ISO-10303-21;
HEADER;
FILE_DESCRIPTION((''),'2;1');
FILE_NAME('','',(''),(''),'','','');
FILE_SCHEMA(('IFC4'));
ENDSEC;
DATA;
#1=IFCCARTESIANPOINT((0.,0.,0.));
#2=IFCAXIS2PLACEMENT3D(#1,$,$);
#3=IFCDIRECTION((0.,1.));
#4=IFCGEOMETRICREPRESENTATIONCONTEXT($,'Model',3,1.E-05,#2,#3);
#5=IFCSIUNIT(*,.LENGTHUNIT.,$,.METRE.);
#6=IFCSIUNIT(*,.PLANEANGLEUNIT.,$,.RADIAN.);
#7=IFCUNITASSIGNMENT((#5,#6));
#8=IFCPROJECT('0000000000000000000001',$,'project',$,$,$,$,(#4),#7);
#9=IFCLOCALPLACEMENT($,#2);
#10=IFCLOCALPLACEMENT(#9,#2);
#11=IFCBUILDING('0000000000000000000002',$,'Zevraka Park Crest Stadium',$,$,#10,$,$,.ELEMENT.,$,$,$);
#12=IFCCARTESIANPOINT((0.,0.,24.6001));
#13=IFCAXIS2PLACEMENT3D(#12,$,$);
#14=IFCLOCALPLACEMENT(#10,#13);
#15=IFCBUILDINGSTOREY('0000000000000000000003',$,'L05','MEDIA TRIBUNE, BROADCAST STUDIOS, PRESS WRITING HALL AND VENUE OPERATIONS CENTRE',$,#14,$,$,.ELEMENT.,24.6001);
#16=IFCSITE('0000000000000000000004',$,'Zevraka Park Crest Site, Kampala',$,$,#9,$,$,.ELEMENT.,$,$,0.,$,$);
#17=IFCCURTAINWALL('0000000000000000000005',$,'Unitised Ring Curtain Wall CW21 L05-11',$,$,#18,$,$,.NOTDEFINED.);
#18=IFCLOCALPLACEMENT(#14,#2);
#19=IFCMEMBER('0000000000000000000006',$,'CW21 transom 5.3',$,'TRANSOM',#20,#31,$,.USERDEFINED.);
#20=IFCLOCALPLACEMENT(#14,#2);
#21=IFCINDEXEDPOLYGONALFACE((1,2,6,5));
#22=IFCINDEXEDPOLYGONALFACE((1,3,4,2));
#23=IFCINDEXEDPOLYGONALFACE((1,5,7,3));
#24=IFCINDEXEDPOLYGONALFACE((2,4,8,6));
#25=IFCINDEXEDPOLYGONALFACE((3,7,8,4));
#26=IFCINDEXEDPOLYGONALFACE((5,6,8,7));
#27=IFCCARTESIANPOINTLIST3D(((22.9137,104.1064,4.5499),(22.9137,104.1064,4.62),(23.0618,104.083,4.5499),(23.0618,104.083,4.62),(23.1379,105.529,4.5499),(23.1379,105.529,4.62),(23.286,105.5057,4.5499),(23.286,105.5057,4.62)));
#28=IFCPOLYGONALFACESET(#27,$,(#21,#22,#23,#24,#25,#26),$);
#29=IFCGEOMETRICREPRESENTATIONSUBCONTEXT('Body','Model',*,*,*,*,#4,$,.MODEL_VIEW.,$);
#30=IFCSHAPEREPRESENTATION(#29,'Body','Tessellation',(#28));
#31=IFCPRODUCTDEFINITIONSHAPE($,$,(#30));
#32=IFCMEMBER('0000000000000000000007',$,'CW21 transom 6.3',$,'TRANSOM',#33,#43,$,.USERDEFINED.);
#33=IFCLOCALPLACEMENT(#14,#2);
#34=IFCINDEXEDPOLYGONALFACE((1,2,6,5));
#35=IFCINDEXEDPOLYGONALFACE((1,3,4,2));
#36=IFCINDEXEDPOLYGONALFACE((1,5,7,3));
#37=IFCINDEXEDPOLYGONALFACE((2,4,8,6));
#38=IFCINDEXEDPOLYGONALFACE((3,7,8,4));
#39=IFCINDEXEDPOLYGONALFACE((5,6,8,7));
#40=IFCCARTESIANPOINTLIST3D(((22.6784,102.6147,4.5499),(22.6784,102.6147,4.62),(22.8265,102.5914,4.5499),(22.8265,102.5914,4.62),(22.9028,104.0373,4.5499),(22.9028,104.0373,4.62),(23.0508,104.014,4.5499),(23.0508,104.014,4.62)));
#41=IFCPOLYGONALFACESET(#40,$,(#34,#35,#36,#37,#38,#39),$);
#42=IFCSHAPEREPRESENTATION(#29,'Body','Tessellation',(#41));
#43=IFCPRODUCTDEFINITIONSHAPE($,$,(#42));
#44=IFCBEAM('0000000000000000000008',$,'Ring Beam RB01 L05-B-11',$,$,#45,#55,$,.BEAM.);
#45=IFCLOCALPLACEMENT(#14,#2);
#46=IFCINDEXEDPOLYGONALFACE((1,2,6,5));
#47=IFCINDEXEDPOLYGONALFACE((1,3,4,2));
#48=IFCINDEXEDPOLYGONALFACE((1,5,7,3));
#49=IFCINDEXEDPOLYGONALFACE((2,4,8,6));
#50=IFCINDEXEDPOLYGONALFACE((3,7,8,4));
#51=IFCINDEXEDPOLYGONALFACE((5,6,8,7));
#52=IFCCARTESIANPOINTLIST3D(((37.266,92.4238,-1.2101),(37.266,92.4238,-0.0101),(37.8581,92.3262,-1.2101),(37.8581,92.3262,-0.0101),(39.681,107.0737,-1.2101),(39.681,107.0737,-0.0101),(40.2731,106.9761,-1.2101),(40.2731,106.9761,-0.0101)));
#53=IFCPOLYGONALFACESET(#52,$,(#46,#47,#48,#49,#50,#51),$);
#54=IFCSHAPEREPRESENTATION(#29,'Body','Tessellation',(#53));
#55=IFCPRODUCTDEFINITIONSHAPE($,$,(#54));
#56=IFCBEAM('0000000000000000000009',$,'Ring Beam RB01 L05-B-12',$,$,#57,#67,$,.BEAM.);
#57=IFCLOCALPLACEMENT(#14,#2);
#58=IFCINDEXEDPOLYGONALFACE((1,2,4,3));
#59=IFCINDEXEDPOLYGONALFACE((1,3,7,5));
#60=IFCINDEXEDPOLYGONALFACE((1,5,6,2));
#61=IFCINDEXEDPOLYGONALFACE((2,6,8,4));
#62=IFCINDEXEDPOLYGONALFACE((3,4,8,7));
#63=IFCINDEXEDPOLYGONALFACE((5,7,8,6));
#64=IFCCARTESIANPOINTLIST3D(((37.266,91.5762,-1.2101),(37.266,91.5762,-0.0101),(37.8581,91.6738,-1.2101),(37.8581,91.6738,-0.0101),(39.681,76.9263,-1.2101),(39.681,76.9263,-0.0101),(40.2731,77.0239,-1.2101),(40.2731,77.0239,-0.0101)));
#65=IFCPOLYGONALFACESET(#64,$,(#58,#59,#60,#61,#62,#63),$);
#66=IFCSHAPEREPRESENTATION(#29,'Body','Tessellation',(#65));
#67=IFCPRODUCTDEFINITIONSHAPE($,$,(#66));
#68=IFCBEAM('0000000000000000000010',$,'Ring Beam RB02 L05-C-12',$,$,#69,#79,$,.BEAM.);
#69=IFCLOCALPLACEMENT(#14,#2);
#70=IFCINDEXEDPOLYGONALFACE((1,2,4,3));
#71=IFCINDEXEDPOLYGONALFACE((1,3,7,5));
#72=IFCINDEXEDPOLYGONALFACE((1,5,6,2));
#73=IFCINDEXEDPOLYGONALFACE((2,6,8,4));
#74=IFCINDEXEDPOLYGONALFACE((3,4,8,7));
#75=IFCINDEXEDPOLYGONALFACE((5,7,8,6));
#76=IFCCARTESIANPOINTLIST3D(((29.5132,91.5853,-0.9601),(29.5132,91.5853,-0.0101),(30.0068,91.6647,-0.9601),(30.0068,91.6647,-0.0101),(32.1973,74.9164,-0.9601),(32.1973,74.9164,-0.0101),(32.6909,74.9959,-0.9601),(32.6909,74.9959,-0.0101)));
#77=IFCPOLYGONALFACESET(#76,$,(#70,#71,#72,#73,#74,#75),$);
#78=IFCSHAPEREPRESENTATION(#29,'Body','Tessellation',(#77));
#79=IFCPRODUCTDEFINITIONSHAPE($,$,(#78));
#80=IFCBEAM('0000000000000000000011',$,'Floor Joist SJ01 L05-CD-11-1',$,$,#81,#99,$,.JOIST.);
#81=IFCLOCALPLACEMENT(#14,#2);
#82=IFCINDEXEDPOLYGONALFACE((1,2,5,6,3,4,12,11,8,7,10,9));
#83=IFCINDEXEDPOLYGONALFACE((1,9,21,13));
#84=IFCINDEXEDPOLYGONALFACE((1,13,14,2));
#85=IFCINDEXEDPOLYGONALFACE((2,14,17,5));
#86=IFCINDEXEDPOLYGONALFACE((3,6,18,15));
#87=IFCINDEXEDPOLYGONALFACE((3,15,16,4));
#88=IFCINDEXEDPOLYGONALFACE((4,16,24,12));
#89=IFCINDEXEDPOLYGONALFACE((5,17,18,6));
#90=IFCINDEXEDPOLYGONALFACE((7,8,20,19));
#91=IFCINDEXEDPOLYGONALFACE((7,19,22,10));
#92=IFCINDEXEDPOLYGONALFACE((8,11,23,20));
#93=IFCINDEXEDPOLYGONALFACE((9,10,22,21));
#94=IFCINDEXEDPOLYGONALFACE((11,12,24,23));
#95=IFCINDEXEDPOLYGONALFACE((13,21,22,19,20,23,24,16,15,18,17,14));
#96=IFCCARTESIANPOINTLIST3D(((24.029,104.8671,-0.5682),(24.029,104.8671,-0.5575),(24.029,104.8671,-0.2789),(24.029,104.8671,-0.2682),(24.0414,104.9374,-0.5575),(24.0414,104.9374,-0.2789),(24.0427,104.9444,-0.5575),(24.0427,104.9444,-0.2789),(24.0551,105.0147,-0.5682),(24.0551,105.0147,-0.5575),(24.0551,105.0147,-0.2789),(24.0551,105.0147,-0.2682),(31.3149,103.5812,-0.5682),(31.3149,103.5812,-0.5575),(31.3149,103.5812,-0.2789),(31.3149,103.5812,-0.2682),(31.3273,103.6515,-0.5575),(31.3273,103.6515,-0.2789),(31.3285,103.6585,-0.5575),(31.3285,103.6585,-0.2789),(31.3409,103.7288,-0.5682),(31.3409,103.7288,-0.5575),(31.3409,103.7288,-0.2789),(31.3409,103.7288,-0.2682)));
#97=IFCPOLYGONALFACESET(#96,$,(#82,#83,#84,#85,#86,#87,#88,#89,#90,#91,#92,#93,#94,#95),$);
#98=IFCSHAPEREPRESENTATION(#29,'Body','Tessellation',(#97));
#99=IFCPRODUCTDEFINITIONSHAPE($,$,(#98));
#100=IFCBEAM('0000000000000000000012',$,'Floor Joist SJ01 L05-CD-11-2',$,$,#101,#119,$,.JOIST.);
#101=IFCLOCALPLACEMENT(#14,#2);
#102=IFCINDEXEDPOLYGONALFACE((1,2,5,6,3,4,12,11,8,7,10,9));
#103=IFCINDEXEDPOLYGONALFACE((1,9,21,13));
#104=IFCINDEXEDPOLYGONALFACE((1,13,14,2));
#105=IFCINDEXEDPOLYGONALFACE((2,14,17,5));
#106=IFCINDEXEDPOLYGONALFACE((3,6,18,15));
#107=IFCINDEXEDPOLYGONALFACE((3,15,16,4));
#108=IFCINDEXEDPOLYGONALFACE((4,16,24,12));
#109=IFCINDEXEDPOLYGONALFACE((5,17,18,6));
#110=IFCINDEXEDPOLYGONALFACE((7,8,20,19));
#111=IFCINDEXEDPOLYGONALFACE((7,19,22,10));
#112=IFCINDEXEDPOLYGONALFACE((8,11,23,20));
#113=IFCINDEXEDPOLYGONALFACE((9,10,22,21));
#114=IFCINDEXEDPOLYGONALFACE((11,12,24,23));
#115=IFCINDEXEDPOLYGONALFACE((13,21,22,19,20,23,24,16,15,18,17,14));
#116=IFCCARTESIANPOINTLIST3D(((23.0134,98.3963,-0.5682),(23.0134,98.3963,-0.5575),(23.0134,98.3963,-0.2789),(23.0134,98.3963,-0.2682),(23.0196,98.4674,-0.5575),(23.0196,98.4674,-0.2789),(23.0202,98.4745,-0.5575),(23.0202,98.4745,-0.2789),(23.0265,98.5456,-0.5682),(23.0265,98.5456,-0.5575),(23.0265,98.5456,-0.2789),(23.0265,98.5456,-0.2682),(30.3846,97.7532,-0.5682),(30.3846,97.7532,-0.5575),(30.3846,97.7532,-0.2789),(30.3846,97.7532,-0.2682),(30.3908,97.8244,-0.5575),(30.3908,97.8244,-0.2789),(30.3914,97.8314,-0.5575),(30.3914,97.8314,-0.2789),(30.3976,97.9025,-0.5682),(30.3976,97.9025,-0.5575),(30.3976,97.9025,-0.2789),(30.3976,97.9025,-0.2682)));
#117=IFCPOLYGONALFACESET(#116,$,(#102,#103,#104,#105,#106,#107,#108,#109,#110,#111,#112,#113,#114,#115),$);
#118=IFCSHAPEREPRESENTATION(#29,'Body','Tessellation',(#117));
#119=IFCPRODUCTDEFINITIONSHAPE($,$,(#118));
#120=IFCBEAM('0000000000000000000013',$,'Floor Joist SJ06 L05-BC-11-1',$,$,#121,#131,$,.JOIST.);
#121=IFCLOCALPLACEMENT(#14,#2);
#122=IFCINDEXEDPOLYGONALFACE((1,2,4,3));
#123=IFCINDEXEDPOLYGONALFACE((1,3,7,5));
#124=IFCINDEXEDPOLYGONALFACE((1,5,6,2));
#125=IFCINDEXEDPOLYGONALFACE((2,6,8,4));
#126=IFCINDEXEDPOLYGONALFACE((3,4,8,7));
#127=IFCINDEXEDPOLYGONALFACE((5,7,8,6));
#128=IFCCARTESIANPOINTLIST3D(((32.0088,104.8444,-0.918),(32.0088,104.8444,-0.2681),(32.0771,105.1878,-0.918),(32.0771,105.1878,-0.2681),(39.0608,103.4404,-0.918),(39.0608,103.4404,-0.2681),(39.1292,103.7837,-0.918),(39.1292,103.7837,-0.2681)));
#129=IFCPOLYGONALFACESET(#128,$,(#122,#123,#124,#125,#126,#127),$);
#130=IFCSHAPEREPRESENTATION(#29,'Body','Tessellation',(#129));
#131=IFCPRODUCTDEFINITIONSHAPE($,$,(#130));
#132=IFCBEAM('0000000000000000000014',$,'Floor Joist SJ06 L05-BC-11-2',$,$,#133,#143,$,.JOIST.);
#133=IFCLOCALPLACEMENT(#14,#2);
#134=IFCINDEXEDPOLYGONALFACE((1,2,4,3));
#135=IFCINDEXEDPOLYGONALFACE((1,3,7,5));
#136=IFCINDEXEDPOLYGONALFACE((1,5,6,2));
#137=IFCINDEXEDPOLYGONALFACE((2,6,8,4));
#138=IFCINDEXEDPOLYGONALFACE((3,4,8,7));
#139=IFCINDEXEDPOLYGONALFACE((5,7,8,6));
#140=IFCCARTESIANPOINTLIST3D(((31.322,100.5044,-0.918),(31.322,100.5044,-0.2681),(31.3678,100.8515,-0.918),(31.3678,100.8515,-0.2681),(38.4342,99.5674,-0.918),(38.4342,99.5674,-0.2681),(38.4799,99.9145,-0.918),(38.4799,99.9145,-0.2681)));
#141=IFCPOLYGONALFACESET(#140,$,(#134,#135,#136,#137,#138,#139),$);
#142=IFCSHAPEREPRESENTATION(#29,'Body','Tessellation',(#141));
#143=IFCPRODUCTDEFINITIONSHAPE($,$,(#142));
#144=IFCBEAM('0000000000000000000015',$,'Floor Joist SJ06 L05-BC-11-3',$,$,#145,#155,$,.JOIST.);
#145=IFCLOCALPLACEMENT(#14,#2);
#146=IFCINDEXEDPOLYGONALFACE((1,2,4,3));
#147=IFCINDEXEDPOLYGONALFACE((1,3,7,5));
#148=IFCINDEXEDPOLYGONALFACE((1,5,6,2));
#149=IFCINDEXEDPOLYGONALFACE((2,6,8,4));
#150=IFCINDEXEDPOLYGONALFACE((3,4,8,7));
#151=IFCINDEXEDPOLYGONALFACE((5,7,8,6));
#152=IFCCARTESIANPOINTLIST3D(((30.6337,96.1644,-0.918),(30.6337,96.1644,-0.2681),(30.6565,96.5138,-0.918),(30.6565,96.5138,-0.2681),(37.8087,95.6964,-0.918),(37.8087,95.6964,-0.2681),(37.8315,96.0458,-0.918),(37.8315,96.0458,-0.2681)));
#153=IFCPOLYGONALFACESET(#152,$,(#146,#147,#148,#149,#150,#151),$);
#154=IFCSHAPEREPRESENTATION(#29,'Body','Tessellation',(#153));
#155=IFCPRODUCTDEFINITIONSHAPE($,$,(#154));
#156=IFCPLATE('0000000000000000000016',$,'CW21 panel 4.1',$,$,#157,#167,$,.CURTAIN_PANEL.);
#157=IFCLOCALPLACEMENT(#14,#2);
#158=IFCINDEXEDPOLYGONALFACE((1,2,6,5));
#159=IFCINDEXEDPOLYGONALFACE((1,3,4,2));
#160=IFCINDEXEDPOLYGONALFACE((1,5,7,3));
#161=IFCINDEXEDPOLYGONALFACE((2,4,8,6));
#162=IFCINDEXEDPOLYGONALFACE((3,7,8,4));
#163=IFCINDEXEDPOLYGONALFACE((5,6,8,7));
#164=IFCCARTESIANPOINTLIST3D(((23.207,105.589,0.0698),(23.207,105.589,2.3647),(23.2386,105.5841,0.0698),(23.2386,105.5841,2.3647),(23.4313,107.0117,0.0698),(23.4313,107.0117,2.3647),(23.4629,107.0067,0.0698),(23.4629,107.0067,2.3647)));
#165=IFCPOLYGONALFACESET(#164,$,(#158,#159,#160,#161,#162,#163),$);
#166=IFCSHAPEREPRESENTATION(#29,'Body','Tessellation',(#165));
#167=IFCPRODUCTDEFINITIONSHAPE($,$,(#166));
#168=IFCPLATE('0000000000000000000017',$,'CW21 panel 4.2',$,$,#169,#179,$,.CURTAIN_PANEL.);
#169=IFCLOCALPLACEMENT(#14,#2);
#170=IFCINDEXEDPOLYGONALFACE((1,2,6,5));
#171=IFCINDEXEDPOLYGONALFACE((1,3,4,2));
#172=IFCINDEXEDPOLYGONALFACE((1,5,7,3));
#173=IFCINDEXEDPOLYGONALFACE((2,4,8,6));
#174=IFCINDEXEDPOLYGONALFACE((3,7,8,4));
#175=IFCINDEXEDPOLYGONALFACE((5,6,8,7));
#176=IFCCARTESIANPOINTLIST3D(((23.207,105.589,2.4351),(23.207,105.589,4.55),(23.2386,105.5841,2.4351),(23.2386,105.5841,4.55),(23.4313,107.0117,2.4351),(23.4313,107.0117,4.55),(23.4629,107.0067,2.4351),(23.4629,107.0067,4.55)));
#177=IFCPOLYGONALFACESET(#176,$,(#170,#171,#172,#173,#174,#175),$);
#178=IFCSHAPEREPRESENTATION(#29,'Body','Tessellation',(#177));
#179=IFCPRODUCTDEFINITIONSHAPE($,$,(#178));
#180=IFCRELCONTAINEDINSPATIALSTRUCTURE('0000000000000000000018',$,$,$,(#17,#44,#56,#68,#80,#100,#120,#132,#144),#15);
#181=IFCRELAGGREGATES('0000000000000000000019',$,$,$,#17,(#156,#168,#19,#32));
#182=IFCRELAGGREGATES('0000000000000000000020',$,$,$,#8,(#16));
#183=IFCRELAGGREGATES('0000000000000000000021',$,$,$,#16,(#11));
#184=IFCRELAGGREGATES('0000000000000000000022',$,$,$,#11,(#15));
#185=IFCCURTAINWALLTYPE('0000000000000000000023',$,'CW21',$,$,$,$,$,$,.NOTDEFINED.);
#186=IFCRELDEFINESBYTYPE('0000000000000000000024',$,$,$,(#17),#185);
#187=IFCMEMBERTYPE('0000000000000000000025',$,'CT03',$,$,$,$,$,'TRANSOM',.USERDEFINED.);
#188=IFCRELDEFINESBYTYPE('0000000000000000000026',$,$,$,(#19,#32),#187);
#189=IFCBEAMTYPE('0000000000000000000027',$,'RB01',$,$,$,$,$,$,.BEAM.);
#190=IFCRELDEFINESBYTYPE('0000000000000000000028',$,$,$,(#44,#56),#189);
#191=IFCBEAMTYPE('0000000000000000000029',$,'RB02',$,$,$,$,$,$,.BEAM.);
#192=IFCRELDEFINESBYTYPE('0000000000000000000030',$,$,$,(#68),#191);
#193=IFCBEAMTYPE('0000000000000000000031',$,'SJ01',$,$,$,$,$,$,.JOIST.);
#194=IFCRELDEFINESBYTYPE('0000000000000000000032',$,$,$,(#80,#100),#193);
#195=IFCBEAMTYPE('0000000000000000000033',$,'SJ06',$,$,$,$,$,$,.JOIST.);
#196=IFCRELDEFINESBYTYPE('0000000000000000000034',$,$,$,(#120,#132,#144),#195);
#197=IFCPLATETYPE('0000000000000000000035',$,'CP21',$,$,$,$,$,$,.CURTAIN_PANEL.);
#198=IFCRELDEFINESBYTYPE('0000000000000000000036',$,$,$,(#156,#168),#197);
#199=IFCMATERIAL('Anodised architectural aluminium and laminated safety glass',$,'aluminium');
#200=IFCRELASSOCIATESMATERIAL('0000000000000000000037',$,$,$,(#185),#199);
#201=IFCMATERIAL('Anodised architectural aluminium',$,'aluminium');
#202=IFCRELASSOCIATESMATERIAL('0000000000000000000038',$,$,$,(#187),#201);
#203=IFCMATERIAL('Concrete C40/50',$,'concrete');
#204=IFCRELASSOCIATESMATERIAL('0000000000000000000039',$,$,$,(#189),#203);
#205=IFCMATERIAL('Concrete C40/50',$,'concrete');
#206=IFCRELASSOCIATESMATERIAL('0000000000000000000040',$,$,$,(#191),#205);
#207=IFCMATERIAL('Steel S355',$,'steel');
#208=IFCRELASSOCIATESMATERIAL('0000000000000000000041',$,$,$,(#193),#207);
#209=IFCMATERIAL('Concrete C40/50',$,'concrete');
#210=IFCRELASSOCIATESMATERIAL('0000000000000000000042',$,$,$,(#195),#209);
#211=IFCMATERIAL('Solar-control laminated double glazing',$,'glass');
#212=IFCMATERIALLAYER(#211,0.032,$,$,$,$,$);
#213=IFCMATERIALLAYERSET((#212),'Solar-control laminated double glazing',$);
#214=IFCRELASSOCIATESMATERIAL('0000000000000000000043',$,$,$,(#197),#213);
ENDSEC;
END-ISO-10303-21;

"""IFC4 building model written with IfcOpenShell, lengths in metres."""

from ifc_helpers import new_model, si_unit, direction, frame, origin, origin_2d, place, context, subcontext, project, spatial, rectangle, i_section, extrude, material, layer, layer_set, material_profile, profile_set, type_object, element, aggregate, save


model = new_model("IFC4")

# Units and contexts
model_context = context("Model", 3, precision=1e-05, world=origin(), true_north=direction((0.0, 1.0)))
body_context = subcontext(model_context, "Body", "Model", "MODEL_VIEW")
ifc_project = project(units=[si_unit("LENGTHUNIT", "METRE"), si_unit("PLANEANGLEUNIT", "RADIAN")], contexts=[model_context])

# Site, building, storey
site_placement = place(None, origin())
site = spatial("IfcSite", under=ifc_project, at=site_placement, Name="Zevraka Park Crest Site, Kampala", CompositionType="ELEMENT", RefElevation=0.0)
building_placement = place(site_placement, origin())
building = spatial("IfcBuilding", under=site, at=building_placement, Name="Zevraka Park Crest Stadium", CompositionType="ELEMENT")
storey_placement = place(building_placement, frame((0.0, 0.0, 24.6001)))
storey = spatial("IfcBuildingStorey", under=building, at=storey_placement, Name="L05", Description="MEDIA TRIBUNE, BROADCAST STUDIOS, PRESS WRITING HALL AND VENUE OPERATIONS CENTRE", CompositionType="ELEMENT", Elevation=24.6001)

# Curtain wall, members
ifc_material_1 = material(Name="Anodised architectural aluminium and laminated safety glass", Category="aluminium")
curtain_wall_type = type_object("IfcCurtainWallType", Name="CW21", PredefinedType="NOTDEFINED", material=ifc_material_1)
curtain_wall_placement = place(storey_placement, origin())
curtain_wall = element("IfcCurtainWall", 1, at=curtain_wall_placement, inside=storey, type_object=curtain_wall_type, Name="Unitised Ring Curtain Wall CW21 L05-11", PredefinedType="NOTDEFINED")
ifc_material_2 = material(Name="Anodised architectural aluminium", Category="aluminium")
ifc_material_profile_1 = material_profile(ifc_material_2, rectangle(XDim=0.1499, YDim=0.0701, at=origin_2d()), Name="ALU TRANSOM 150x70")
ifc_profile_set_1 = profile_set([ifc_material_profile_1], Name="Anodised architectural aluminium")
member_type_1 = type_object("IfcMemberType", Name="CT03", ElementType="TRANSOM", PredefinedType="USERDEFINED", material=ifc_profile_set_1)
member_1_placement = place(storey_placement, frame((23.2119, 105.5173, 4.585), z_axis=(-0.155623, -0.987817, 0.0), x_axis=(0.987817, -0.155623, 0.0)))
member_1 = element("IfcMember", 2, at=member_1_placement, type_object=member_type_1, Name="CW21 transom 5.3", ObjectType="TRANSOM", PredefinedType="USERDEFINED", context=body_context, shape_type="SweptSolid", body=[
    extrude(rectangle(XDim=0.1499, YDim=0.0701, at=origin_2d()), origin(), (0.0, 0.0, 1.0), 1.4402),
])
member_2_placement = place(storey_placement, frame((22.9768, 104.0256, 4.585), z_axis=(-0.155788, -0.98779, 0.0), x_axis=(0.98779, -0.155788, 0.0)))
member_2 = element("IfcMember", 3, at=member_2_placement, type_object=member_type_1, Name="CW21 transom 6.3", ObjectType="TRANSOM", PredefinedType="USERDEFINED", context=body_context, shape_type="SweptSolid", body=[
    extrude(rectangle(XDim=0.1499, YDim=0.0701, at=origin_2d()), origin(), (0.0, 0.0, 1.0), 1.4402),
])

# Beams
ifc_material_3 = material(Name="Concrete C40/50", Category="concrete")
ifc_material_profile_2 = material_profile(ifc_material_3, rectangle(XDim=0.6001, YDim=1.2, at=origin_2d()), Name="RC 1200x600")
ifc_profile_set_2 = profile_set([ifc_material_profile_2], Name="Concrete C40/50")
beam_type_1 = type_object("IfcBeamType", Name="RB01", PredefinedType="BEAM", material=ifc_profile_set_2)
for number, where, z_axis, x_axis, name in (
    (4, (39.9771, 107.0249, -0.6101), (-0.162655, -0.986683, 0.0), (0.986683, -0.162655, 0.0), "Ring Beam RB01 L05-B-11"),
    (5, (37.562, 91.625, -0.6101), (0.162655, -0.986683, 0.0), (0.986683, 0.162655, 0.0), "Ring Beam RB01 L05-B-12"),
):
    element("IfcBeam", number, at=place(storey_placement, frame(where, z_axis=z_axis, x_axis=x_axis)), inside=storey, type_object=beam_type_1, Name=name, PredefinedType="BEAM", context=body_context, shape_type="SweptSolid", body=[
        extrude(rectangle(XDim=0.6001, YDim=1.2, at=origin_2d()), origin(), (0.0, 0.0, 1.0), 14.8477),
    ])
ifc_material_4 = material(Name="Concrete C40/50", Category="concrete")
ifc_material_profile_3 = material_profile(ifc_material_4, rectangle(XDim=0.5, YDim=0.95, at=origin_2d()), Name="RC 950x500")
ifc_profile_set_3 = profile_set([ifc_material_profile_3], Name="Concrete C40/50")
beam_type_2 = type_object("IfcBeamType", Name="RB02", PredefinedType="BEAM", material=ifc_profile_set_3)
beam_1_placement = place(storey_placement, frame((29.76, 91.625, -0.4851), z_axis=(0.158975, -0.987283, 0.0), x_axis=(0.987283, 0.158975, 0.0)))
element("IfcBeam", 6, at=beam_1_placement, inside=storey, type_object=beam_type_2, Name="Ring Beam RB02 L05-C-12", PredefinedType="BEAM", context=body_context, shape_type="SweptSolid", body=[
    extrude(rectangle(XDim=0.5, YDim=0.95, at=origin_2d()), origin(), (0.0, 0.0, 1.0), 16.8835),
])
ifc_material_5 = material(Name="Steel S355", Category="steel")
ifc_material_profile_4 = material_profile(ifc_material_5, i_section(OverallWidth=0.1499, OverallDepth=0.3, WebThickness=0.0071, FlangeThickness=0.0107, at=origin_2d()), Name="IPE 300")
ifc_profile_set_4 = profile_set([ifc_material_profile_4], Name="Steel S355")
beam_type_3 = type_object("IfcBeamType", Name="SJ01", PredefinedType="JOIST", material=ifc_profile_set_4)
beam_2_placement = place(storey_placement, frame((31.3279, 103.655, -0.4182), z_axis=(-0.98478, 0.173804, 0.0), x_axis=(-0.173804, -0.98478, 0.0)))
element("IfcBeam", 7, at=beam_2_placement, inside=storey, type_object=beam_type_3, Name="Floor Joist SJ01 L05-CD-11-1", PredefinedType="JOIST", context=body_context, shape_type="SweptSolid", body=[
    extrude(i_section(OverallWidth=0.1499, OverallDepth=0.3, WebThickness=0.0071, FlangeThickness=0.0107, at=origin_2d()), origin(), (0.0, 0.0, 1.0), 7.3984),
])
beam_3_placement = place(storey_placement, frame((30.3911, 97.8279, -0.4182), z_axis=(-0.996216, 0.086912, 0.0), x_axis=(-0.086912, -0.996216, 0.0)))
element("IfcBeam", 8, at=beam_3_placement, inside=storey, type_object=beam_type_3, Name="Floor Joist SJ01 L05-CD-11-2", PredefinedType="JOIST", context=body_context, shape_type="SweptSolid", body=[
    extrude(i_section(OverallWidth=0.1499, OverallDepth=0.3, WebThickness=0.0071, FlangeThickness=0.0107, at=origin_2d()), origin(), (0.0, 0.0, 1.0), 7.3992),
])
ifc_material_6 = material(Name="Concrete C40/50", Category="concrete")
ifc_material_profile_5 = material_profile(ifc_material_6, rectangle(XDim=0.3501, YDim=0.6499, at=origin_2d()), Name="RC 650x350")
ifc_profile_set_5 = profile_set([ifc_material_profile_5], Name="Concrete C40/50")
beam_type_4 = type_object("IfcBeamType", Name="SJ06", PredefinedType="JOIST", material=ifc_profile_set_5)
beam_4_placement = place(storey_placement, frame((39.095, 103.6121, -0.593), z_axis=(-0.98075, 0.195267, 0.0), x_axis=(-0.195267, -0.98075, 0.0)))
element("IfcBeam", 9, at=beam_4_placement, inside=storey, type_object=beam_type_4, Name="Floor Joist SJ06 L05-BC-11-1", PredefinedType="JOIST", context=body_context, shape_type="SweptSolid", body=[
    extrude(rectangle(XDim=0.3501, YDim=0.6499, at=origin_2d()), origin(), (0.0, 0.0, 1.0), 7.1904),
])
beam_5_placement = place(storey_placement, frame((38.457, 99.741, -0.593), z_axis=(-0.991432, 0.130621, 0.0), x_axis=(-0.130621, -0.991432, 0.0)))
element("IfcBeam", 10, at=beam_5_placement, inside=storey, type_object=beam_type_4, Name="Floor Joist SJ06 L05-BC-11-2", PredefinedType="JOIST", context=body_context, shape_type="SweptSolid", body=[
    extrude(rectangle(XDim=0.3501, YDim=0.6499, at=origin_2d()), origin(), (0.0, 0.0, 1.0), 7.1736),
])
beam_6_placement = place(storey_placement, frame((37.8201, 95.8711, -0.593), z_axis=(-0.997879, 0.06509, 0.0), x_axis=(-0.06509, -0.997879, 0.0)))
element("IfcBeam", 11, at=beam_6_placement, inside=storey, type_object=beam_type_4, Name="Floor Joist SJ06 L05-BC-11-3", PredefinedType="JOIST", context=body_context, shape_type="SweptSolid", body=[
    extrude(rectangle(XDim=0.3501, YDim=0.6499, at=origin_2d()), origin(), (0.0, 0.0, 1.0), 7.1902),
])

# Plates
ifc_material_7 = material(Name="Solar-control laminated double glazing", Category="glass")
ifc_layer_1 = layer(ifc_material_7, 0.032)
ifc_layer_set_1 = layer_set([ifc_layer_1], Name="Solar-control laminated double glazing")
plate_type = type_object("IfcPlateType", Name="CP21", PredefinedType="CURTAIN_PANEL", material=ifc_layer_set_1)
plate_1_placement = place(storey_placement, frame((23.335, 106.2979, 0.0698), z_axis=(0.0, 0.0, 1.0), x_axis=(-0.155711, -0.987803, 0.0)))
plate_1 = element("IfcPlate", 12, at=plate_1_placement, type_object=plate_type, Name="CW21 panel 4.1", PredefinedType="CURTAIN_PANEL", context=body_context, shape_type="SweptSolid", body=[
    extrude(rectangle(XDim=1.4402, YDim=0.032, at=origin_2d()), origin(), (0.0, 0.0, 1.0), 2.2949),
])
plate_2_placement = place(storey_placement, frame((23.335, 106.2979, 2.4351), z_axis=(0.0, 0.0, 1.0), x_axis=(-0.155711, -0.987803, 0.0)))
plate_2 = element("IfcPlate", 13, at=plate_2_placement, type_object=plate_type, Name="CW21 panel 4.2", PredefinedType="CURTAIN_PANEL", context=body_context, shape_type="SweptSolid", body=[
    extrude(rectangle(XDim=1.4402, YDim=0.032, at=origin_2d()), origin(), (0.0, 0.0, 1.0), 2.115),
])
aggregate(curtain_wall, [plate_1, plate_2, member_1, member_2])

save(model, "model.ifc")
